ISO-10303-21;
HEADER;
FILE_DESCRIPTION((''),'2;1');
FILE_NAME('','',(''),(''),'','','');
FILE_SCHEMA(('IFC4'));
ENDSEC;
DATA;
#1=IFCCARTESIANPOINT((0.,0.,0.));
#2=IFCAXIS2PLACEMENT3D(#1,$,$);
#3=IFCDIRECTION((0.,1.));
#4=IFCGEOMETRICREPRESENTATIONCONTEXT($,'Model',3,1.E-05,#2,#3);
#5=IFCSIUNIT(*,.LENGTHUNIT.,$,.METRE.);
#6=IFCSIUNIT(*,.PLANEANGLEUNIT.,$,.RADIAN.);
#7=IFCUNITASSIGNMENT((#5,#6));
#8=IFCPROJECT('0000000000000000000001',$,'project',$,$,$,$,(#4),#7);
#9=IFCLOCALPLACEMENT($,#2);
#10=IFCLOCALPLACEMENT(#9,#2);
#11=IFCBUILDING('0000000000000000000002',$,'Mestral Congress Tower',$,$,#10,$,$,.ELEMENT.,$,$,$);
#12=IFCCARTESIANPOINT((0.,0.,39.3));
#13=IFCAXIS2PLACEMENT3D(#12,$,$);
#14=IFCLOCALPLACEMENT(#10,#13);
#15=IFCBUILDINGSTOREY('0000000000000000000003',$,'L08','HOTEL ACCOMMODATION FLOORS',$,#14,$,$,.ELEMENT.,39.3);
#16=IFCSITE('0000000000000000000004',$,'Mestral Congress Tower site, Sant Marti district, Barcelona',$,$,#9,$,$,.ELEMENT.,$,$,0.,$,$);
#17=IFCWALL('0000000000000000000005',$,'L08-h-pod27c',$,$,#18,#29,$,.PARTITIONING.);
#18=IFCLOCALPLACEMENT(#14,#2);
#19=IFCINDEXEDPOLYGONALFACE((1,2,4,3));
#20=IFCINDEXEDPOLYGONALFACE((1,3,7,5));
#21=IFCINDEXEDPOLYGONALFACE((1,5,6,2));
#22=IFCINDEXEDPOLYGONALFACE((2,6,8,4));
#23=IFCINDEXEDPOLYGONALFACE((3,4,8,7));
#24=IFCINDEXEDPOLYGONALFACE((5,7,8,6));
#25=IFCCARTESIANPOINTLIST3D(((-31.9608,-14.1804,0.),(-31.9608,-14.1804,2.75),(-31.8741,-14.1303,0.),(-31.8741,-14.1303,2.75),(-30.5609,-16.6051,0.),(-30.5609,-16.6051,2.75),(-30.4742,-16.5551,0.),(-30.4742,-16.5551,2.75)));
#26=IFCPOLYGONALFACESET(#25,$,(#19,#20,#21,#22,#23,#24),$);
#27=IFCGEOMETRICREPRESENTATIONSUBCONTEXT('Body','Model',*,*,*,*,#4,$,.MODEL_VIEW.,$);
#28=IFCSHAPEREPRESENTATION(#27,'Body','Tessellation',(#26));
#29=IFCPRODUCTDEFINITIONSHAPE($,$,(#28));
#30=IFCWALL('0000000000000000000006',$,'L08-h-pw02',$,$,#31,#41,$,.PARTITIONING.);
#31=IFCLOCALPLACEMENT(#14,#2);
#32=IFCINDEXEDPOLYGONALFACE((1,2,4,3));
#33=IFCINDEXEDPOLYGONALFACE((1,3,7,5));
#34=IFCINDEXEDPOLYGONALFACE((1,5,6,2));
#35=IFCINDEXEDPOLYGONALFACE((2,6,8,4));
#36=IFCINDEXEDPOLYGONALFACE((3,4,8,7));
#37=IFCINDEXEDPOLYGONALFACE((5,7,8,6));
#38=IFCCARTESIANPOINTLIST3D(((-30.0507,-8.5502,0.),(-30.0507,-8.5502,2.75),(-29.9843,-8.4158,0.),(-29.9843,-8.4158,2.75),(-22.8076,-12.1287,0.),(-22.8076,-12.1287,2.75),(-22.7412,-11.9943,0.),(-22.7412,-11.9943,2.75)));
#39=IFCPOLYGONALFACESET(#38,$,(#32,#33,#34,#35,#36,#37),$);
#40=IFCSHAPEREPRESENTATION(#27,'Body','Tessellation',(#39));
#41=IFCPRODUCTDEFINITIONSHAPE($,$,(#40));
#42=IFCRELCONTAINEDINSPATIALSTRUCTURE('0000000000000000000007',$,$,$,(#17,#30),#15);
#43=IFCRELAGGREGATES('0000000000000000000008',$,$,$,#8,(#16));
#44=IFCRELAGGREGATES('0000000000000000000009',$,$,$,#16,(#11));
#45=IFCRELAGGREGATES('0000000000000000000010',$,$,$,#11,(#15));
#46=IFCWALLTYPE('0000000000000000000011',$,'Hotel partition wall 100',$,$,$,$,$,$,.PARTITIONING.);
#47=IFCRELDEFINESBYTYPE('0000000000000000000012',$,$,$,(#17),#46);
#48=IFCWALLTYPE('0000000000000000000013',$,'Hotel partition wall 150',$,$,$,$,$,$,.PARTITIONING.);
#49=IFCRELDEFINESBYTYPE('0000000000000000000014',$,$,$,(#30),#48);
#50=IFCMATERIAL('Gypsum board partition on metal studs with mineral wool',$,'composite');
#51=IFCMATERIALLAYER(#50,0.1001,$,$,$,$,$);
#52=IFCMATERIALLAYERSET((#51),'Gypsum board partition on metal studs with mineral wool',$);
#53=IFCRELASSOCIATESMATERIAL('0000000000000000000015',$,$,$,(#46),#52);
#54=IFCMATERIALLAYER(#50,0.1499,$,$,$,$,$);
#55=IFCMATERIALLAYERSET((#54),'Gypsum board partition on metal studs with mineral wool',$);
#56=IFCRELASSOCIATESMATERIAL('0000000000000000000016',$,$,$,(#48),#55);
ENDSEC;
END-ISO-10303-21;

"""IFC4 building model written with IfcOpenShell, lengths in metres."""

from ifc_helpers import new_model, si_unit, direction, frame, frame_2d, origin, place, context, subcontext, project, spatial, rectangle, extrude, material, layer, layer_set, type_object, element, save


model = new_model("IFC4")

# Units and contexts
model_context = context("Model", 3, precision=1e-05, world=origin(), true_north=direction((0.0, 1.0)))
body_context = subcontext(model_context, "Body", "Model", "MODEL_VIEW")
ifc_project = project(units=[si_unit("LENGTHUNIT", "METRE"), si_unit("PLANEANGLEUNIT", "RADIAN")], contexts=[model_context])

# Site, building, storey
site_placement = place(None, origin())
site = spatial("IfcSite", under=ifc_project, at=site_placement, Name="Mestral Congress Tower site, Sant Marti district, Barcelona", CompositionType="ELEMENT", RefElevation=0.0)
building_placement = place(site_placement, origin())
building = spatial("IfcBuilding", under=site, at=building_placement, Name="Mestral Congress Tower", CompositionType="ELEMENT")
storey_placement = place(building_placement, frame((0.0, 0.0, 39.3)))
storey = spatial("IfcBuildingStorey", under=building, at=storey_placement, Name="L08", Description="HOTEL ACCOMMODATION FLOORS", CompositionType="ELEMENT", Elevation=39.3)

# Walls
ifc_material_1 = material(Name="Gypsum board partition on metal studs with mineral wool", Category="composite")
ifc_layer_1 = layer(ifc_material_1, 0.1001)
ifc_layer_set_1 = layer_set([ifc_layer_1], Name="Gypsum board partition on metal studs with mineral wool")
wall_type_1 = type_object("IfcWallType", Name="Hotel partition wall 100", PredefinedType="PARTITIONING", material=ifc_layer_set_1)
wall_1_placement = place(storey_placement, frame((-30.5176, -16.5801, 0.0), z_axis=(0.0, 0.0, 1.0), x_axis=(-0.499984, 0.866035, 0.0)))
element("IfcWall", 1, at=wall_1_placement, inside=storey, type_object=wall_type_1, Name="L08-h-pod27c", PredefinedType="PARTITIONING", context=body_context, shape_type="SweptSolid", body=[
    extrude(rectangle(XDim=2.7998, YDim=0.1001, at=frame_2d((1.3999, 0.0))), origin(), (0.0, 0.0, 1.0), 2.75),
])
ifc_layer_2 = layer(ifc_material_1, 0.1499)
ifc_layer_set_2 = layer_set([ifc_layer_2], Name="Gypsum board partition on metal studs with mineral wool")
wall_type_2 = type_object("IfcWallType", Name="Hotel partition wall 150", PredefinedType="PARTITIONING", material=ifc_layer_set_2)
wall_2_placement = place(storey_placement, frame((-30.0176, -8.4829, 0.0), z_axis=(0.0, 0.0, 1.0), x_axis=(0.896545, -0.442954, 0.0)))
element("IfcWall", 2, at=wall_2_placement, inside=storey, type_object=wall_type_2, Name="L08-h-pw02", PredefinedType="PARTITIONING", context=body_context, shape_type="SweptSolid", body=[
    extrude(rectangle(XDim=8.0789, YDim=0.1499, at=frame_2d((4.0396, 0.0))), origin(), (0.0, 0.0, 1.0), 2.75),
])

save(model, "model.ifc")
